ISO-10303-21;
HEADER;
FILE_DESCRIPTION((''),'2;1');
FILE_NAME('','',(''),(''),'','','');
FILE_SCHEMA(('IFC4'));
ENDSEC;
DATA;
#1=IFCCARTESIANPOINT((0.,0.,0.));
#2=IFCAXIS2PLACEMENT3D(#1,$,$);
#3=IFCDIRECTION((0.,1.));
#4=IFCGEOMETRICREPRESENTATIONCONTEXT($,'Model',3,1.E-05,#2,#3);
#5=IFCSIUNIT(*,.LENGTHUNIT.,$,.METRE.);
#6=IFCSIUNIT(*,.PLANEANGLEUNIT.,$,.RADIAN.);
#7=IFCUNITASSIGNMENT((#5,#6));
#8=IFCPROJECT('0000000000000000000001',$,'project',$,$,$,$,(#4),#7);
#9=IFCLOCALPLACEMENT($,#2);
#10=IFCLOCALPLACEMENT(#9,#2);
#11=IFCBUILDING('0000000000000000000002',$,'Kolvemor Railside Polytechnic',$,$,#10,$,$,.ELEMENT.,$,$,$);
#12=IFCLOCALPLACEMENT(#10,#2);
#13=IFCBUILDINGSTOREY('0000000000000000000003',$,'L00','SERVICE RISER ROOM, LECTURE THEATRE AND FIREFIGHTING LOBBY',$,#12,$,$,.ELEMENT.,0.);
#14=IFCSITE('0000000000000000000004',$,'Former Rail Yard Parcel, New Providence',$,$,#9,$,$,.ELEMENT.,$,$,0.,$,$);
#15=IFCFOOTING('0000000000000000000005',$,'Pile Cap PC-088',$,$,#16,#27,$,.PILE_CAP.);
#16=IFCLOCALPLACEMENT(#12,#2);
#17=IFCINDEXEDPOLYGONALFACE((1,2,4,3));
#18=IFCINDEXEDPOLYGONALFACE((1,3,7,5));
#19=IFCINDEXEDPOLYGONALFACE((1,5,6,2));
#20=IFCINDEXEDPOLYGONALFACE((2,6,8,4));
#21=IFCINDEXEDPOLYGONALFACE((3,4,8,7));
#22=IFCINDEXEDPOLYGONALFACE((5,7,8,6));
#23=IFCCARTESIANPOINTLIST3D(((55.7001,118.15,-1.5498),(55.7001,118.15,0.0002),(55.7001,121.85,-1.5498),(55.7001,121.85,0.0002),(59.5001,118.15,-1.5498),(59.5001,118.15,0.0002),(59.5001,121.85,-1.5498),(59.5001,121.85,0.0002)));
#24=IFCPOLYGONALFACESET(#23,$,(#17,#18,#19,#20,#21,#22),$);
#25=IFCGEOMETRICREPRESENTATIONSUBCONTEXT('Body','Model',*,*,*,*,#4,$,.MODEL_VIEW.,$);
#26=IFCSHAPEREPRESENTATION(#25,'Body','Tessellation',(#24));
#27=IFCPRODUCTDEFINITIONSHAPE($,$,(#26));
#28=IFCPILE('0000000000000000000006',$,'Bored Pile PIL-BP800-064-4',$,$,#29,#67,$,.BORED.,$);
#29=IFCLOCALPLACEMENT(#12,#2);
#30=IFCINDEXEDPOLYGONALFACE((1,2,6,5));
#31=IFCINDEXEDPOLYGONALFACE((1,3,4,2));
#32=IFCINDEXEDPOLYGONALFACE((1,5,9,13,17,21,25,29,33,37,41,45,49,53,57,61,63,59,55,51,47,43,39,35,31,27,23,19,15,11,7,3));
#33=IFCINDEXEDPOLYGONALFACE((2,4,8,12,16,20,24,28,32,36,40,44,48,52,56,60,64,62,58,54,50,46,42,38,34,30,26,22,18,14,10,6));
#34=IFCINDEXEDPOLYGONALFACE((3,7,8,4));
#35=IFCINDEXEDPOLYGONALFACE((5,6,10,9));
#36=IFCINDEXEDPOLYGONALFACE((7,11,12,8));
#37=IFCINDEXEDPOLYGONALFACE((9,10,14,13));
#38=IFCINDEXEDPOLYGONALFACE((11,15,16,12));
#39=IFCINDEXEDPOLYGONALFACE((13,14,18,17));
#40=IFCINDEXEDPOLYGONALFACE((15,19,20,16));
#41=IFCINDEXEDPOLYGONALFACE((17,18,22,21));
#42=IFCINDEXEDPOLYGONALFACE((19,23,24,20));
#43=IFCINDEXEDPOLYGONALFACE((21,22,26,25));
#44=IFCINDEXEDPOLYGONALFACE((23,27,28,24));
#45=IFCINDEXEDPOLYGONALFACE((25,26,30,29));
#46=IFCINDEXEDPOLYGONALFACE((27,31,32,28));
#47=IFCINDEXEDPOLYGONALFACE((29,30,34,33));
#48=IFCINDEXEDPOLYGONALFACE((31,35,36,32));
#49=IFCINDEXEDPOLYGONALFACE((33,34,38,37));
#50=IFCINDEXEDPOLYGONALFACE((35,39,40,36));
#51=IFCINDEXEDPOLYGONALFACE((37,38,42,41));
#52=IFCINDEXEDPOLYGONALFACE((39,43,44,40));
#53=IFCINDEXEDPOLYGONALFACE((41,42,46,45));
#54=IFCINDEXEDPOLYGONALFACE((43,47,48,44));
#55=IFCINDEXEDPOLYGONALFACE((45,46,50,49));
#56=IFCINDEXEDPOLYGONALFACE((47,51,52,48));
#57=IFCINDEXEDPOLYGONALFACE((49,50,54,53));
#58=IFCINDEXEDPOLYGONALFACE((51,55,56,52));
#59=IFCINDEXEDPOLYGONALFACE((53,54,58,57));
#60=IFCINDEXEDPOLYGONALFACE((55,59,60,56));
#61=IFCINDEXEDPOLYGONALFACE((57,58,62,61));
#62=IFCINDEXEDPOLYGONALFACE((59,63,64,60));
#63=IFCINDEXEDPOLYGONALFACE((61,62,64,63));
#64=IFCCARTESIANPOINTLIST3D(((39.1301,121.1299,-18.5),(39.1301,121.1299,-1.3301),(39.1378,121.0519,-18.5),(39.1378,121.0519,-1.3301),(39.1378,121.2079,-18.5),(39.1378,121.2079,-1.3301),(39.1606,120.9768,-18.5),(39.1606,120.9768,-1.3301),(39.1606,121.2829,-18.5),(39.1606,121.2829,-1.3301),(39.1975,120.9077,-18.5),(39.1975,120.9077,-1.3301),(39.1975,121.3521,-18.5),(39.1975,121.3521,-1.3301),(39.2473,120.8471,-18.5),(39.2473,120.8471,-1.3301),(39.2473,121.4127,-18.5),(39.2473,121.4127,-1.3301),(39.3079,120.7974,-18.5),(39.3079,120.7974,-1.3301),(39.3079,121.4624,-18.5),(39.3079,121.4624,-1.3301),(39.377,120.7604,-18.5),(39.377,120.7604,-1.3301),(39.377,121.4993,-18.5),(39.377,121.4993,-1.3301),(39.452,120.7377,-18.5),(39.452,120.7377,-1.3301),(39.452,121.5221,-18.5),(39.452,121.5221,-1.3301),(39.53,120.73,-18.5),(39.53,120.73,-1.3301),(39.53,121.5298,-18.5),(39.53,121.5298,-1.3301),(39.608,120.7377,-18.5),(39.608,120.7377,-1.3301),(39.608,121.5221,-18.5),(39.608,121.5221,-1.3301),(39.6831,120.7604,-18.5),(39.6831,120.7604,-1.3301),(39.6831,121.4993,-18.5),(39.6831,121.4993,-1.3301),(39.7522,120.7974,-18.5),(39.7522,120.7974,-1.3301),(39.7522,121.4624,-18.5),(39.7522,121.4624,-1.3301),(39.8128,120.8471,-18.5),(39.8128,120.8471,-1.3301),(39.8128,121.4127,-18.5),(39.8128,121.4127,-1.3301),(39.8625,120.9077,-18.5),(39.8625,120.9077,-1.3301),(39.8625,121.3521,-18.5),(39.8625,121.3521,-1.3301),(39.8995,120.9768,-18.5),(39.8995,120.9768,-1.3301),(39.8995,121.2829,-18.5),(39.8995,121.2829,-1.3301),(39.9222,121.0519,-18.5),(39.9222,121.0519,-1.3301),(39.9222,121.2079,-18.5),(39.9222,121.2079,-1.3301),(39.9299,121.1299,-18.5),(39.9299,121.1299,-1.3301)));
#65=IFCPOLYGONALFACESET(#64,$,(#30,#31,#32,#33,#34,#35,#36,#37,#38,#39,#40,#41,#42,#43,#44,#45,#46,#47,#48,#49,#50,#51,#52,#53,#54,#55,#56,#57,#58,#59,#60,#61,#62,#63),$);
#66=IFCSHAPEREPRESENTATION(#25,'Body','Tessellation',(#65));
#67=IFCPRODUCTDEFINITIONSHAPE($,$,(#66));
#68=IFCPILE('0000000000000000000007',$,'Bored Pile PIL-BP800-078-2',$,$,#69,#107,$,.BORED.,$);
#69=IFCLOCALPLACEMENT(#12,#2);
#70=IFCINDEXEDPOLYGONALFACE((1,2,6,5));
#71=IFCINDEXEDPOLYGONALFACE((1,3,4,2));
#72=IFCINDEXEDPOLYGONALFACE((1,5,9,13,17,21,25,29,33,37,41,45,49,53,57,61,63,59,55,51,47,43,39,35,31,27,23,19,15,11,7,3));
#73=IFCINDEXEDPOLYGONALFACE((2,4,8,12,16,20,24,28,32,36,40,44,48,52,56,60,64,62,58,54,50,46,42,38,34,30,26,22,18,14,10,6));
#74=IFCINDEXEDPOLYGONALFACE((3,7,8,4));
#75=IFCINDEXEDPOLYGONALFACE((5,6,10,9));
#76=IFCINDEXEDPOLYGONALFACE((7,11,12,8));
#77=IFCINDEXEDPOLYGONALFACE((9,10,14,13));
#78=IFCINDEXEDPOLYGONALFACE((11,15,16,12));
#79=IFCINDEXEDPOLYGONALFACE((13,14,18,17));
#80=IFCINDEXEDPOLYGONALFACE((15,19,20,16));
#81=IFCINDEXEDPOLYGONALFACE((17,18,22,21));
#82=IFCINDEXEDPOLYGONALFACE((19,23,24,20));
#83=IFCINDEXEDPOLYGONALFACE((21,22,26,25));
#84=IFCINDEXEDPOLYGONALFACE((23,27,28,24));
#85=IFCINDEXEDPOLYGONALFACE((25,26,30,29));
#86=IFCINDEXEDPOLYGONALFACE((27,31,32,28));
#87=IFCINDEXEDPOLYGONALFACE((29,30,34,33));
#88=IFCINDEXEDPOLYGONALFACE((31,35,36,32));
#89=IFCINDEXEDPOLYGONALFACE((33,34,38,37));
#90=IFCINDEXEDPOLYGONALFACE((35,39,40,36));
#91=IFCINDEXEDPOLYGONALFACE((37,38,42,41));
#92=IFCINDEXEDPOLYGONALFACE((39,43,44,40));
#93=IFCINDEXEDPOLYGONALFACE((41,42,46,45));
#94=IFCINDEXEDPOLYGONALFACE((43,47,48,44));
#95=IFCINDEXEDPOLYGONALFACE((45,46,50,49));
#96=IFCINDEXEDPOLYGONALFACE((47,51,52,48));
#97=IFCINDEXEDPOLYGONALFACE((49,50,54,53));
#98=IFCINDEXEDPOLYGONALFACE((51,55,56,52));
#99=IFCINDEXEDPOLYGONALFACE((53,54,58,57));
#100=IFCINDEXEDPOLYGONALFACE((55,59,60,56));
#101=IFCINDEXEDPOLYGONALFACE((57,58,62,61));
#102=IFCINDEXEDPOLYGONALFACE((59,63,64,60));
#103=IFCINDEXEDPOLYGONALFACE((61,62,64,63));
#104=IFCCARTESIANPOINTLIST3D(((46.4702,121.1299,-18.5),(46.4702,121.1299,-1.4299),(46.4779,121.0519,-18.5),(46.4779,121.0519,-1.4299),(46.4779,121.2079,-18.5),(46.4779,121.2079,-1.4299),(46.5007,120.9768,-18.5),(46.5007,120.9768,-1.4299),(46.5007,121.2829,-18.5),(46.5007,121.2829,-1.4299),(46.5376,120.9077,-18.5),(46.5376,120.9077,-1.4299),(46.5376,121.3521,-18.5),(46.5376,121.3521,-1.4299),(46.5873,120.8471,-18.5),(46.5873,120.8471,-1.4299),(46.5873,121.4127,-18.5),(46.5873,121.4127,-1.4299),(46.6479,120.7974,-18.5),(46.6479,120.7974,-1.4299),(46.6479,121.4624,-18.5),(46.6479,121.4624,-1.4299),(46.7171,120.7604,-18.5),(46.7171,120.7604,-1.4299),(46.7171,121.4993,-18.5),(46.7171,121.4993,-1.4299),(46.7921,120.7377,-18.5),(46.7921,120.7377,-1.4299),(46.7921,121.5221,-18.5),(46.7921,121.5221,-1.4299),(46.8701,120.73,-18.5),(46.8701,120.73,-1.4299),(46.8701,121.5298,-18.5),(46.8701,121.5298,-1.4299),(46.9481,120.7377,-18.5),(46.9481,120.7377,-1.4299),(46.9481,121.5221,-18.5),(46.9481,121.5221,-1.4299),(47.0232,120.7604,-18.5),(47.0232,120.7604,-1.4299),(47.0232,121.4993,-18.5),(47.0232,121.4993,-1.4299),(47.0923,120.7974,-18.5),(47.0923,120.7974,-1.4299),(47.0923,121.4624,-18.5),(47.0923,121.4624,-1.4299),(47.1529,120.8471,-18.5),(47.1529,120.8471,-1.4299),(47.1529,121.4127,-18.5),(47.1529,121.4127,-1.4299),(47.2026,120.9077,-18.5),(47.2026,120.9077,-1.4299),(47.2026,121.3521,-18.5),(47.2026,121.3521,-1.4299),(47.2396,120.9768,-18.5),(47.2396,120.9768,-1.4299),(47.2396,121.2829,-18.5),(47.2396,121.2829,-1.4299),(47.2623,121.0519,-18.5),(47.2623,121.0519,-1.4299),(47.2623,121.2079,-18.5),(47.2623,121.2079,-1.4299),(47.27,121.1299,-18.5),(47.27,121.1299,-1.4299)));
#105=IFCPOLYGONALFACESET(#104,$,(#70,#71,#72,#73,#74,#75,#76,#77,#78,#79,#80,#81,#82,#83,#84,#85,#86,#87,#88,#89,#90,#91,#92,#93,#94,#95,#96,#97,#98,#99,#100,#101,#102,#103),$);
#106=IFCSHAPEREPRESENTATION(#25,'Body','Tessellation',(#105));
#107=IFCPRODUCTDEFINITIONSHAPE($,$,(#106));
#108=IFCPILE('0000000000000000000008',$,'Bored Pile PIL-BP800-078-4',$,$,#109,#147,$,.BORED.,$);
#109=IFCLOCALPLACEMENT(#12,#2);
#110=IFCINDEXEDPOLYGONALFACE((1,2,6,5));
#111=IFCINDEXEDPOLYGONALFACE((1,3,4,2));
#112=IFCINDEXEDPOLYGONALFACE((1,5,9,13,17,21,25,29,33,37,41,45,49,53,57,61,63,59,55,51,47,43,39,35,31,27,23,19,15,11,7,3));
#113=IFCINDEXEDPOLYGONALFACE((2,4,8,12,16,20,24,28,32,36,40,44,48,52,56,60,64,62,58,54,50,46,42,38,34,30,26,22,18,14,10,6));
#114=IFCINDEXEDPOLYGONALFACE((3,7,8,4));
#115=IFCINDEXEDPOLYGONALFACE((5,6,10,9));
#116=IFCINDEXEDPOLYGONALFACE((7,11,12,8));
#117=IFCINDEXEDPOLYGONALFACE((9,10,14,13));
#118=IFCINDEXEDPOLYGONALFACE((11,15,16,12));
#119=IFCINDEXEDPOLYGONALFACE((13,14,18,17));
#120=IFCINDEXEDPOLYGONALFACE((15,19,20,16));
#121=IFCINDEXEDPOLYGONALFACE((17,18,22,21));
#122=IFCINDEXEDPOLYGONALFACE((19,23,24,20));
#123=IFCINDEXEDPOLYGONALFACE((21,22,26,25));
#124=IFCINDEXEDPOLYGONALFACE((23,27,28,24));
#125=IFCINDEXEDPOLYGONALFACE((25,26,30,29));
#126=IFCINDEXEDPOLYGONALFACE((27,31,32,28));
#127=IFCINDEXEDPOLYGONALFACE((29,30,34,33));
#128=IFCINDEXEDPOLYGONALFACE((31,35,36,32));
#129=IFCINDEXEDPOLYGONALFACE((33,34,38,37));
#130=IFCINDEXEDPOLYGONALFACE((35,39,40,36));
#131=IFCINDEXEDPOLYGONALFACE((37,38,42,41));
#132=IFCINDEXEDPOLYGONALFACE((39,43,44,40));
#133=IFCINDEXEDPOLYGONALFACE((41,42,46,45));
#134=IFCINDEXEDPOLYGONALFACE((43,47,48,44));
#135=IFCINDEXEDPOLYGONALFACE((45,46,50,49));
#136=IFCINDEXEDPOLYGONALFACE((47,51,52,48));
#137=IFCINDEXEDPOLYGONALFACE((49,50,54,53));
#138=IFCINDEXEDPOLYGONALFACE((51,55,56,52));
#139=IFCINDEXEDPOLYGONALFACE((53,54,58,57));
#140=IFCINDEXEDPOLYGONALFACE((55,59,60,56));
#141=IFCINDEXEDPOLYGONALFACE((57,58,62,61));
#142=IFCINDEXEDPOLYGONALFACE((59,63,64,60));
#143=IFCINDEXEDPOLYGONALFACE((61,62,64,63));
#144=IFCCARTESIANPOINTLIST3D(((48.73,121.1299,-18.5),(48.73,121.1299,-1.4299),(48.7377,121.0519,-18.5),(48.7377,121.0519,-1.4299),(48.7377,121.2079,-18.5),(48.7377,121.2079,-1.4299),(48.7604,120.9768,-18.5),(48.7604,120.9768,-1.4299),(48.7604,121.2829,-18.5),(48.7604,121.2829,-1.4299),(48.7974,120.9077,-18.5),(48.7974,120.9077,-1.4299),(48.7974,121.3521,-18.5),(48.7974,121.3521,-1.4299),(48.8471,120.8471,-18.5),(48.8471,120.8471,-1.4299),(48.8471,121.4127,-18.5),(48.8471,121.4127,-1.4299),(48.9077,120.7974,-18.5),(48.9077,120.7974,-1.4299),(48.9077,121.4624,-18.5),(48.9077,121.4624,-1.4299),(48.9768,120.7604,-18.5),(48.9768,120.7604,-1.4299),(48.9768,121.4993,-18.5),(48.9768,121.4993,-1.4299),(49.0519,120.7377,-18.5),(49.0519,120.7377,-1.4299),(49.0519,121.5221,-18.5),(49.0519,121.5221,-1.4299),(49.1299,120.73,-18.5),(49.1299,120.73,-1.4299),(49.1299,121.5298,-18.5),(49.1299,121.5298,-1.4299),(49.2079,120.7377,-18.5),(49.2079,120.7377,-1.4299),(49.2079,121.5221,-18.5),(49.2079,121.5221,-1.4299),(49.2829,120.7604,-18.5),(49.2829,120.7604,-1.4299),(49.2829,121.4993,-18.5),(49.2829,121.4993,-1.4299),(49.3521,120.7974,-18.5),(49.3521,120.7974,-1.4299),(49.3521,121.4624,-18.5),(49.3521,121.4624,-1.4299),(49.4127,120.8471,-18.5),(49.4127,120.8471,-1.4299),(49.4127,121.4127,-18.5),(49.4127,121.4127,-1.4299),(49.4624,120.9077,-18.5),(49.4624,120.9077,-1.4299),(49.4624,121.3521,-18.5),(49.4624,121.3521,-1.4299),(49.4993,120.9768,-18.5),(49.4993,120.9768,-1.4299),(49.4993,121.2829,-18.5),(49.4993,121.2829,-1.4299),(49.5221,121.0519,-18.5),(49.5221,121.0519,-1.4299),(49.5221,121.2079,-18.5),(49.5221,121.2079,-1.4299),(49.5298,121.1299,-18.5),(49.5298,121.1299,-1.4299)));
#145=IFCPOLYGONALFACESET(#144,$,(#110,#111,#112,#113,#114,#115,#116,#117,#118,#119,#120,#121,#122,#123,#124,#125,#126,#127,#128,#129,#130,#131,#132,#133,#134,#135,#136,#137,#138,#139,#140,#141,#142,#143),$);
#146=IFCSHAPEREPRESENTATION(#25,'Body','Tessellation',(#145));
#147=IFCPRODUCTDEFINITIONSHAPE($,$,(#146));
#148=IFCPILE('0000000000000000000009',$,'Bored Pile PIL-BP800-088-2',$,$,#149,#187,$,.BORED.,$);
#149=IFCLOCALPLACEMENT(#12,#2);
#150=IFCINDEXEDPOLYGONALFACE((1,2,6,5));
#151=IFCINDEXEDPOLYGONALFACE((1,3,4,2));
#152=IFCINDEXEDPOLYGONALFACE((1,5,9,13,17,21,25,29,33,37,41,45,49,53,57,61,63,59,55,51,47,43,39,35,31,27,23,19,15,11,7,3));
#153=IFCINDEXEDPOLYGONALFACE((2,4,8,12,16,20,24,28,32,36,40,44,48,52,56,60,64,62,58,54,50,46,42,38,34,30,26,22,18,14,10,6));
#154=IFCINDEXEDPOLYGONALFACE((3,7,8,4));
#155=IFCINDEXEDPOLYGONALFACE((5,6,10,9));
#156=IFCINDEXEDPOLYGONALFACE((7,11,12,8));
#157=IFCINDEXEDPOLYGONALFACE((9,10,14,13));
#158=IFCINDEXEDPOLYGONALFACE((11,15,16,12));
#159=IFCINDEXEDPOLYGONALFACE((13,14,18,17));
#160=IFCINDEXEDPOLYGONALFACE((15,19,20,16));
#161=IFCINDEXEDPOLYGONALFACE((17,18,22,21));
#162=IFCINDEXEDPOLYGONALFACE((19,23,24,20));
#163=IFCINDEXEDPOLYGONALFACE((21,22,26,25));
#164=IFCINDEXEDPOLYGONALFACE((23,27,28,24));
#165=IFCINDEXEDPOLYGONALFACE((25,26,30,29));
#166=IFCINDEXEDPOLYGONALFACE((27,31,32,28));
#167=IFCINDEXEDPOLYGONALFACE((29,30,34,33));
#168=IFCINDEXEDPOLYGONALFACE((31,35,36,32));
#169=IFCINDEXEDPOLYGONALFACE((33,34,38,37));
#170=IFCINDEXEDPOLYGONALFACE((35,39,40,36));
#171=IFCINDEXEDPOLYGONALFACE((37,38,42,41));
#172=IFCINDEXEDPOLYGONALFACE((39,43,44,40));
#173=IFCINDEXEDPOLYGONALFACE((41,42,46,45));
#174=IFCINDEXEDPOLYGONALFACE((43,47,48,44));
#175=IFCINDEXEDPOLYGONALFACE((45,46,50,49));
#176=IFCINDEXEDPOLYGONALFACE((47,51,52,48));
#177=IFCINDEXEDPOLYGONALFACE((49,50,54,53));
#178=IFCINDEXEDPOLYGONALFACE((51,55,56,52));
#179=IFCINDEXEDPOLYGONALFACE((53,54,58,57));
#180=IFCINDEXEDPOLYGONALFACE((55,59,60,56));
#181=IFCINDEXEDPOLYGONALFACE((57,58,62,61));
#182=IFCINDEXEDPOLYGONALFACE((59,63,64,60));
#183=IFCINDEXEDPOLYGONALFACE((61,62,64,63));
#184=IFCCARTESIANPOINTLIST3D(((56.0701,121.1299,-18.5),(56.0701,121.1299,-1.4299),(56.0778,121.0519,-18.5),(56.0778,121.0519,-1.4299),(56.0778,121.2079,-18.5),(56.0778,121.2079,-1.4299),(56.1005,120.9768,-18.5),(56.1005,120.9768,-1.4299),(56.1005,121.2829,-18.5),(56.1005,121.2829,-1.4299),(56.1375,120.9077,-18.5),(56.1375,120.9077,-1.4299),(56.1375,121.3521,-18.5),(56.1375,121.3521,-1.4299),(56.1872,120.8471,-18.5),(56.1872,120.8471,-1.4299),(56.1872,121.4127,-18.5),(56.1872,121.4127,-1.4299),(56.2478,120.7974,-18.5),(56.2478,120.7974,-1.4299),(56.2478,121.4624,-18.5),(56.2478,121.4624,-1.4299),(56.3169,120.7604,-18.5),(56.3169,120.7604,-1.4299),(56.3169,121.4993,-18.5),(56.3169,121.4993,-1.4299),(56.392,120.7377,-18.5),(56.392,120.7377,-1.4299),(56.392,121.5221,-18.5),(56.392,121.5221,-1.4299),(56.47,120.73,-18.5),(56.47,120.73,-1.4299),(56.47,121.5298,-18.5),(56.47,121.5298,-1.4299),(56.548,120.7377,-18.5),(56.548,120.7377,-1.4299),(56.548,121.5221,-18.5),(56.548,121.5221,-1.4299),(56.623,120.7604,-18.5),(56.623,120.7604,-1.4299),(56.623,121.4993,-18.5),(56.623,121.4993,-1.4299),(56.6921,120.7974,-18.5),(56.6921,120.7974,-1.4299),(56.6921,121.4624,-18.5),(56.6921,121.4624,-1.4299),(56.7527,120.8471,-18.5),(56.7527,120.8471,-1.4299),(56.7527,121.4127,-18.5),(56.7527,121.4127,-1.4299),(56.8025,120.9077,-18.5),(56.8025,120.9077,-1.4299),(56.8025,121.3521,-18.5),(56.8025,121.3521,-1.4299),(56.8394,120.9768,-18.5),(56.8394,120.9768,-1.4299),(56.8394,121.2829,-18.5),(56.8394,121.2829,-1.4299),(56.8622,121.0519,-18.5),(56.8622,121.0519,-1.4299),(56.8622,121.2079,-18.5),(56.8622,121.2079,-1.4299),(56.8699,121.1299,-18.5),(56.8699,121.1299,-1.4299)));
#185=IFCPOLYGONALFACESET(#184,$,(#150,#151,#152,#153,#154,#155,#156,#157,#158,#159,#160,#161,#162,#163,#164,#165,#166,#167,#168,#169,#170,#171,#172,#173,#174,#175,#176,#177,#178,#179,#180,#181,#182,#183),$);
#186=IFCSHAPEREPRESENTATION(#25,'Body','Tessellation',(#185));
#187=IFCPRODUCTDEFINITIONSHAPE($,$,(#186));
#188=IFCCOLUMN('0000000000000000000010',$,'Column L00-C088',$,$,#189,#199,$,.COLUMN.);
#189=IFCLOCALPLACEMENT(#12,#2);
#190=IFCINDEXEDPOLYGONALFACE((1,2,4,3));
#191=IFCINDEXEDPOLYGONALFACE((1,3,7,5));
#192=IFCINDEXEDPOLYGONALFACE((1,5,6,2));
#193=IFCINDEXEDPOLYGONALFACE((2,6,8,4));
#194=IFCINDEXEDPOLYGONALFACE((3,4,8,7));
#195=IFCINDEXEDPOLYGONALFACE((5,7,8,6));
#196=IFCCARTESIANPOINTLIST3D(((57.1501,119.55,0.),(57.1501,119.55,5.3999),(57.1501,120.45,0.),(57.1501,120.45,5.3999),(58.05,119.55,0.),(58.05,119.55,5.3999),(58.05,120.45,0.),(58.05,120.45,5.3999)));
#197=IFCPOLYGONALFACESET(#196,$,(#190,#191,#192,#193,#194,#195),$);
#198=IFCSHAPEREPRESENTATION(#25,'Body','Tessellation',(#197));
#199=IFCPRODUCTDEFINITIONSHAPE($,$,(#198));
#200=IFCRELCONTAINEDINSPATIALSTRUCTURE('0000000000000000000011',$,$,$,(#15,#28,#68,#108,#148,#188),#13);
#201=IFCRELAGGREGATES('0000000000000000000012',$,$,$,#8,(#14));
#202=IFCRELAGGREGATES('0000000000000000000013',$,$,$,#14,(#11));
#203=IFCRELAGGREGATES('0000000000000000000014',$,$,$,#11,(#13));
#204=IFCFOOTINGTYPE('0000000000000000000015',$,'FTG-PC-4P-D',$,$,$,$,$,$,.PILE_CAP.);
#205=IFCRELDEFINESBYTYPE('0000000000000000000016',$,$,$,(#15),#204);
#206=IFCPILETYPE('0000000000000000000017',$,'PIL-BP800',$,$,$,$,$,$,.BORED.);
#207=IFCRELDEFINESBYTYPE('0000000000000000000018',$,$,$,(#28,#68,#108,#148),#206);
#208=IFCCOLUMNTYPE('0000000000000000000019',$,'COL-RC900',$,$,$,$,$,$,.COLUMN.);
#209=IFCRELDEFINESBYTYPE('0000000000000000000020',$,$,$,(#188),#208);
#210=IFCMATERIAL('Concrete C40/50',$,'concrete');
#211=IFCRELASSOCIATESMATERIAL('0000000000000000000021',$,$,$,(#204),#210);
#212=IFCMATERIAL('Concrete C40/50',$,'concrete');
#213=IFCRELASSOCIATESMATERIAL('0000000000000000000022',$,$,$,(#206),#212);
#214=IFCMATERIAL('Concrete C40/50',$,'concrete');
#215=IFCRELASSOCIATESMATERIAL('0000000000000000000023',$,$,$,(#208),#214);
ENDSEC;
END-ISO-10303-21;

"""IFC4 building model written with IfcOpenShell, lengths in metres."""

from ifc_helpers import new_model, si_unit, direction, frame, origin, origin_2d, place, context, subcontext, project, spatial, rectangle, circle, extrude, material, material_profile, profile_set, type_object, element, save


model = new_model("IFC4")

# Units and contexts
model_context = context("Model", 3, precision=1e-05, world=origin(), true_north=direction((0.0, 1.0)))
body_context = subcontext(model_context, "Body", "Model", "MODEL_VIEW")
ifc_project = project(units=[si_unit("LENGTHUNIT", "METRE"), si_unit("PLANEANGLEUNIT", "RADIAN")], contexts=[model_context])

# Site, building, storey
site_placement = place(None, origin())
site = spatial("IfcSite", under=ifc_project, at=site_placement, Name="Former Rail Yard Parcel, New Providence", CompositionType="ELEMENT", RefElevation=0.0)
building_placement = place(site_placement, origin())
building = spatial("IfcBuilding", under=site, at=building_placement, Name="Kolvemor Railside Polytechnic", CompositionType="ELEMENT")
storey_placement = place(building_placement, origin())
storey = spatial("IfcBuildingStorey", under=building, at=storey_placement, Name="L00", Description="SERVICE RISER ROOM, LECTURE THEATRE AND FIREFIGHTING LOBBY", CompositionType="ELEMENT", Elevation=0.0)

# Footing
ifc_material_1 = material(Name="Concrete C40/50", Category="concrete")
footing_type = type_object("IfcFootingType", Name="FTG-PC-4P-D", PredefinedType="PILE_CAP", material=ifc_material_1)
footing_placement = place(storey_placement, frame((57.6001, 120.0, -1.5498), z_axis=(0.0, 0.0, 1.0), x_axis=(1.0, 0.0, 0.0)))
element("IfcFooting", 1, at=footing_placement, inside=storey, type_object=footing_type, Name="Pile Cap PC-088", PredefinedType="PILE_CAP", context=body_context, shape_type="SweptSolid", body=[
    extrude(rectangle(XDim=3.8, YDim=3.7, at=origin_2d()), origin(), (0.0, 0.0, 1.0), 1.55),
])

# Piles
ifc_material_2 = material(Name="Concrete C40/50", Category="concrete")
ifc_material_profile_1 = material_profile(ifc_material_2, circle(Radius=0.3999, at=origin_2d()), Name="BP800")
ifc_profile_set_1 = profile_set([ifc_material_profile_1], Name="Concrete C40/50")
pile_type = type_object("IfcPileType", Name="PIL-BP800", PredefinedType="BORED", material=ifc_profile_set_1)
pile_placement = place(storey_placement, frame((39.53, 121.1299, -1.3301), z_axis=(0.0, 0.0, -1.0), x_axis=(1.0, 0.0, 0.0)))
element("IfcPile", 2, at=pile_placement, inside=storey, type_object=pile_type, Name="Bored Pile PIL-BP800-064-4", PredefinedType="BORED", context=body_context, shape_type="SweptSolid", body=[
    extrude(circle(Radius=0.3999, at=origin_2d()), origin(), (0.0, 0.0, 1.0), 17.1699),
])
for number, where, z_axis, x_axis, name in (
    (3, (46.8701, 121.1299, -1.4299), (0.0, 0.0, -1.0), (1.0, 0.0, 0.0), "Bored Pile PIL-BP800-078-2"),
    (4, (49.1299, 121.1299, -1.4299), (0.0, 0.0, -1.0), (1.0, 0.0, 0.0), "Bored Pile PIL-BP800-078-4"),
    (5, (56.47, 121.1299, -1.4299), (0.0, 0.0, -1.0), (1.0, 0.0, 0.0), "Bored Pile PIL-BP800-088-2"),
):
    element("IfcPile", number, at=place(storey_placement, frame(where, z_axis=z_axis, x_axis=x_axis)), inside=storey, type_object=pile_type, Name=name, PredefinedType="BORED", context=body_context, shape_type="SweptSolid", body=[
        extrude(circle(Radius=0.3999, at=origin_2d()), origin(), (0.0, 0.0, 1.0), 17.0701),
    ])

# Column
ifc_material_3 = material(Name="Concrete C40/50", Category="concrete")
ifc_material_profile_2 = material_profile(ifc_material_3, rectangle(XDim=0.8999, YDim=0.8999, at=origin_2d()), Name="RC900x900")
ifc_profile_set_2 = profile_set([ifc_material_profile_2], Name="Concrete C40/50")
column_type = type_object("IfcColumnType", Name="COL-RC900", PredefinedType="COLUMN", material=ifc_profile_set_2)
column_placement = place(storey_placement, frame((57.6001, 120.0, 0.0), z_axis=(0.0, 0.0, 1.0), x_axis=(1.0, 0.0, 0.0)))
element("IfcColumn", 6, at=column_placement, inside=storey, type_object=column_type, Name="Column L00-C088", PredefinedType="COLUMN", context=body_context, shape_type="SweptSolid", body=[
    extrude(rectangle(XDim=0.8999, YDim=0.8999, at=origin_2d()), origin(), (0.0, 0.0, 1.0), 5.3999),
])

save(model, "model.ifc")
